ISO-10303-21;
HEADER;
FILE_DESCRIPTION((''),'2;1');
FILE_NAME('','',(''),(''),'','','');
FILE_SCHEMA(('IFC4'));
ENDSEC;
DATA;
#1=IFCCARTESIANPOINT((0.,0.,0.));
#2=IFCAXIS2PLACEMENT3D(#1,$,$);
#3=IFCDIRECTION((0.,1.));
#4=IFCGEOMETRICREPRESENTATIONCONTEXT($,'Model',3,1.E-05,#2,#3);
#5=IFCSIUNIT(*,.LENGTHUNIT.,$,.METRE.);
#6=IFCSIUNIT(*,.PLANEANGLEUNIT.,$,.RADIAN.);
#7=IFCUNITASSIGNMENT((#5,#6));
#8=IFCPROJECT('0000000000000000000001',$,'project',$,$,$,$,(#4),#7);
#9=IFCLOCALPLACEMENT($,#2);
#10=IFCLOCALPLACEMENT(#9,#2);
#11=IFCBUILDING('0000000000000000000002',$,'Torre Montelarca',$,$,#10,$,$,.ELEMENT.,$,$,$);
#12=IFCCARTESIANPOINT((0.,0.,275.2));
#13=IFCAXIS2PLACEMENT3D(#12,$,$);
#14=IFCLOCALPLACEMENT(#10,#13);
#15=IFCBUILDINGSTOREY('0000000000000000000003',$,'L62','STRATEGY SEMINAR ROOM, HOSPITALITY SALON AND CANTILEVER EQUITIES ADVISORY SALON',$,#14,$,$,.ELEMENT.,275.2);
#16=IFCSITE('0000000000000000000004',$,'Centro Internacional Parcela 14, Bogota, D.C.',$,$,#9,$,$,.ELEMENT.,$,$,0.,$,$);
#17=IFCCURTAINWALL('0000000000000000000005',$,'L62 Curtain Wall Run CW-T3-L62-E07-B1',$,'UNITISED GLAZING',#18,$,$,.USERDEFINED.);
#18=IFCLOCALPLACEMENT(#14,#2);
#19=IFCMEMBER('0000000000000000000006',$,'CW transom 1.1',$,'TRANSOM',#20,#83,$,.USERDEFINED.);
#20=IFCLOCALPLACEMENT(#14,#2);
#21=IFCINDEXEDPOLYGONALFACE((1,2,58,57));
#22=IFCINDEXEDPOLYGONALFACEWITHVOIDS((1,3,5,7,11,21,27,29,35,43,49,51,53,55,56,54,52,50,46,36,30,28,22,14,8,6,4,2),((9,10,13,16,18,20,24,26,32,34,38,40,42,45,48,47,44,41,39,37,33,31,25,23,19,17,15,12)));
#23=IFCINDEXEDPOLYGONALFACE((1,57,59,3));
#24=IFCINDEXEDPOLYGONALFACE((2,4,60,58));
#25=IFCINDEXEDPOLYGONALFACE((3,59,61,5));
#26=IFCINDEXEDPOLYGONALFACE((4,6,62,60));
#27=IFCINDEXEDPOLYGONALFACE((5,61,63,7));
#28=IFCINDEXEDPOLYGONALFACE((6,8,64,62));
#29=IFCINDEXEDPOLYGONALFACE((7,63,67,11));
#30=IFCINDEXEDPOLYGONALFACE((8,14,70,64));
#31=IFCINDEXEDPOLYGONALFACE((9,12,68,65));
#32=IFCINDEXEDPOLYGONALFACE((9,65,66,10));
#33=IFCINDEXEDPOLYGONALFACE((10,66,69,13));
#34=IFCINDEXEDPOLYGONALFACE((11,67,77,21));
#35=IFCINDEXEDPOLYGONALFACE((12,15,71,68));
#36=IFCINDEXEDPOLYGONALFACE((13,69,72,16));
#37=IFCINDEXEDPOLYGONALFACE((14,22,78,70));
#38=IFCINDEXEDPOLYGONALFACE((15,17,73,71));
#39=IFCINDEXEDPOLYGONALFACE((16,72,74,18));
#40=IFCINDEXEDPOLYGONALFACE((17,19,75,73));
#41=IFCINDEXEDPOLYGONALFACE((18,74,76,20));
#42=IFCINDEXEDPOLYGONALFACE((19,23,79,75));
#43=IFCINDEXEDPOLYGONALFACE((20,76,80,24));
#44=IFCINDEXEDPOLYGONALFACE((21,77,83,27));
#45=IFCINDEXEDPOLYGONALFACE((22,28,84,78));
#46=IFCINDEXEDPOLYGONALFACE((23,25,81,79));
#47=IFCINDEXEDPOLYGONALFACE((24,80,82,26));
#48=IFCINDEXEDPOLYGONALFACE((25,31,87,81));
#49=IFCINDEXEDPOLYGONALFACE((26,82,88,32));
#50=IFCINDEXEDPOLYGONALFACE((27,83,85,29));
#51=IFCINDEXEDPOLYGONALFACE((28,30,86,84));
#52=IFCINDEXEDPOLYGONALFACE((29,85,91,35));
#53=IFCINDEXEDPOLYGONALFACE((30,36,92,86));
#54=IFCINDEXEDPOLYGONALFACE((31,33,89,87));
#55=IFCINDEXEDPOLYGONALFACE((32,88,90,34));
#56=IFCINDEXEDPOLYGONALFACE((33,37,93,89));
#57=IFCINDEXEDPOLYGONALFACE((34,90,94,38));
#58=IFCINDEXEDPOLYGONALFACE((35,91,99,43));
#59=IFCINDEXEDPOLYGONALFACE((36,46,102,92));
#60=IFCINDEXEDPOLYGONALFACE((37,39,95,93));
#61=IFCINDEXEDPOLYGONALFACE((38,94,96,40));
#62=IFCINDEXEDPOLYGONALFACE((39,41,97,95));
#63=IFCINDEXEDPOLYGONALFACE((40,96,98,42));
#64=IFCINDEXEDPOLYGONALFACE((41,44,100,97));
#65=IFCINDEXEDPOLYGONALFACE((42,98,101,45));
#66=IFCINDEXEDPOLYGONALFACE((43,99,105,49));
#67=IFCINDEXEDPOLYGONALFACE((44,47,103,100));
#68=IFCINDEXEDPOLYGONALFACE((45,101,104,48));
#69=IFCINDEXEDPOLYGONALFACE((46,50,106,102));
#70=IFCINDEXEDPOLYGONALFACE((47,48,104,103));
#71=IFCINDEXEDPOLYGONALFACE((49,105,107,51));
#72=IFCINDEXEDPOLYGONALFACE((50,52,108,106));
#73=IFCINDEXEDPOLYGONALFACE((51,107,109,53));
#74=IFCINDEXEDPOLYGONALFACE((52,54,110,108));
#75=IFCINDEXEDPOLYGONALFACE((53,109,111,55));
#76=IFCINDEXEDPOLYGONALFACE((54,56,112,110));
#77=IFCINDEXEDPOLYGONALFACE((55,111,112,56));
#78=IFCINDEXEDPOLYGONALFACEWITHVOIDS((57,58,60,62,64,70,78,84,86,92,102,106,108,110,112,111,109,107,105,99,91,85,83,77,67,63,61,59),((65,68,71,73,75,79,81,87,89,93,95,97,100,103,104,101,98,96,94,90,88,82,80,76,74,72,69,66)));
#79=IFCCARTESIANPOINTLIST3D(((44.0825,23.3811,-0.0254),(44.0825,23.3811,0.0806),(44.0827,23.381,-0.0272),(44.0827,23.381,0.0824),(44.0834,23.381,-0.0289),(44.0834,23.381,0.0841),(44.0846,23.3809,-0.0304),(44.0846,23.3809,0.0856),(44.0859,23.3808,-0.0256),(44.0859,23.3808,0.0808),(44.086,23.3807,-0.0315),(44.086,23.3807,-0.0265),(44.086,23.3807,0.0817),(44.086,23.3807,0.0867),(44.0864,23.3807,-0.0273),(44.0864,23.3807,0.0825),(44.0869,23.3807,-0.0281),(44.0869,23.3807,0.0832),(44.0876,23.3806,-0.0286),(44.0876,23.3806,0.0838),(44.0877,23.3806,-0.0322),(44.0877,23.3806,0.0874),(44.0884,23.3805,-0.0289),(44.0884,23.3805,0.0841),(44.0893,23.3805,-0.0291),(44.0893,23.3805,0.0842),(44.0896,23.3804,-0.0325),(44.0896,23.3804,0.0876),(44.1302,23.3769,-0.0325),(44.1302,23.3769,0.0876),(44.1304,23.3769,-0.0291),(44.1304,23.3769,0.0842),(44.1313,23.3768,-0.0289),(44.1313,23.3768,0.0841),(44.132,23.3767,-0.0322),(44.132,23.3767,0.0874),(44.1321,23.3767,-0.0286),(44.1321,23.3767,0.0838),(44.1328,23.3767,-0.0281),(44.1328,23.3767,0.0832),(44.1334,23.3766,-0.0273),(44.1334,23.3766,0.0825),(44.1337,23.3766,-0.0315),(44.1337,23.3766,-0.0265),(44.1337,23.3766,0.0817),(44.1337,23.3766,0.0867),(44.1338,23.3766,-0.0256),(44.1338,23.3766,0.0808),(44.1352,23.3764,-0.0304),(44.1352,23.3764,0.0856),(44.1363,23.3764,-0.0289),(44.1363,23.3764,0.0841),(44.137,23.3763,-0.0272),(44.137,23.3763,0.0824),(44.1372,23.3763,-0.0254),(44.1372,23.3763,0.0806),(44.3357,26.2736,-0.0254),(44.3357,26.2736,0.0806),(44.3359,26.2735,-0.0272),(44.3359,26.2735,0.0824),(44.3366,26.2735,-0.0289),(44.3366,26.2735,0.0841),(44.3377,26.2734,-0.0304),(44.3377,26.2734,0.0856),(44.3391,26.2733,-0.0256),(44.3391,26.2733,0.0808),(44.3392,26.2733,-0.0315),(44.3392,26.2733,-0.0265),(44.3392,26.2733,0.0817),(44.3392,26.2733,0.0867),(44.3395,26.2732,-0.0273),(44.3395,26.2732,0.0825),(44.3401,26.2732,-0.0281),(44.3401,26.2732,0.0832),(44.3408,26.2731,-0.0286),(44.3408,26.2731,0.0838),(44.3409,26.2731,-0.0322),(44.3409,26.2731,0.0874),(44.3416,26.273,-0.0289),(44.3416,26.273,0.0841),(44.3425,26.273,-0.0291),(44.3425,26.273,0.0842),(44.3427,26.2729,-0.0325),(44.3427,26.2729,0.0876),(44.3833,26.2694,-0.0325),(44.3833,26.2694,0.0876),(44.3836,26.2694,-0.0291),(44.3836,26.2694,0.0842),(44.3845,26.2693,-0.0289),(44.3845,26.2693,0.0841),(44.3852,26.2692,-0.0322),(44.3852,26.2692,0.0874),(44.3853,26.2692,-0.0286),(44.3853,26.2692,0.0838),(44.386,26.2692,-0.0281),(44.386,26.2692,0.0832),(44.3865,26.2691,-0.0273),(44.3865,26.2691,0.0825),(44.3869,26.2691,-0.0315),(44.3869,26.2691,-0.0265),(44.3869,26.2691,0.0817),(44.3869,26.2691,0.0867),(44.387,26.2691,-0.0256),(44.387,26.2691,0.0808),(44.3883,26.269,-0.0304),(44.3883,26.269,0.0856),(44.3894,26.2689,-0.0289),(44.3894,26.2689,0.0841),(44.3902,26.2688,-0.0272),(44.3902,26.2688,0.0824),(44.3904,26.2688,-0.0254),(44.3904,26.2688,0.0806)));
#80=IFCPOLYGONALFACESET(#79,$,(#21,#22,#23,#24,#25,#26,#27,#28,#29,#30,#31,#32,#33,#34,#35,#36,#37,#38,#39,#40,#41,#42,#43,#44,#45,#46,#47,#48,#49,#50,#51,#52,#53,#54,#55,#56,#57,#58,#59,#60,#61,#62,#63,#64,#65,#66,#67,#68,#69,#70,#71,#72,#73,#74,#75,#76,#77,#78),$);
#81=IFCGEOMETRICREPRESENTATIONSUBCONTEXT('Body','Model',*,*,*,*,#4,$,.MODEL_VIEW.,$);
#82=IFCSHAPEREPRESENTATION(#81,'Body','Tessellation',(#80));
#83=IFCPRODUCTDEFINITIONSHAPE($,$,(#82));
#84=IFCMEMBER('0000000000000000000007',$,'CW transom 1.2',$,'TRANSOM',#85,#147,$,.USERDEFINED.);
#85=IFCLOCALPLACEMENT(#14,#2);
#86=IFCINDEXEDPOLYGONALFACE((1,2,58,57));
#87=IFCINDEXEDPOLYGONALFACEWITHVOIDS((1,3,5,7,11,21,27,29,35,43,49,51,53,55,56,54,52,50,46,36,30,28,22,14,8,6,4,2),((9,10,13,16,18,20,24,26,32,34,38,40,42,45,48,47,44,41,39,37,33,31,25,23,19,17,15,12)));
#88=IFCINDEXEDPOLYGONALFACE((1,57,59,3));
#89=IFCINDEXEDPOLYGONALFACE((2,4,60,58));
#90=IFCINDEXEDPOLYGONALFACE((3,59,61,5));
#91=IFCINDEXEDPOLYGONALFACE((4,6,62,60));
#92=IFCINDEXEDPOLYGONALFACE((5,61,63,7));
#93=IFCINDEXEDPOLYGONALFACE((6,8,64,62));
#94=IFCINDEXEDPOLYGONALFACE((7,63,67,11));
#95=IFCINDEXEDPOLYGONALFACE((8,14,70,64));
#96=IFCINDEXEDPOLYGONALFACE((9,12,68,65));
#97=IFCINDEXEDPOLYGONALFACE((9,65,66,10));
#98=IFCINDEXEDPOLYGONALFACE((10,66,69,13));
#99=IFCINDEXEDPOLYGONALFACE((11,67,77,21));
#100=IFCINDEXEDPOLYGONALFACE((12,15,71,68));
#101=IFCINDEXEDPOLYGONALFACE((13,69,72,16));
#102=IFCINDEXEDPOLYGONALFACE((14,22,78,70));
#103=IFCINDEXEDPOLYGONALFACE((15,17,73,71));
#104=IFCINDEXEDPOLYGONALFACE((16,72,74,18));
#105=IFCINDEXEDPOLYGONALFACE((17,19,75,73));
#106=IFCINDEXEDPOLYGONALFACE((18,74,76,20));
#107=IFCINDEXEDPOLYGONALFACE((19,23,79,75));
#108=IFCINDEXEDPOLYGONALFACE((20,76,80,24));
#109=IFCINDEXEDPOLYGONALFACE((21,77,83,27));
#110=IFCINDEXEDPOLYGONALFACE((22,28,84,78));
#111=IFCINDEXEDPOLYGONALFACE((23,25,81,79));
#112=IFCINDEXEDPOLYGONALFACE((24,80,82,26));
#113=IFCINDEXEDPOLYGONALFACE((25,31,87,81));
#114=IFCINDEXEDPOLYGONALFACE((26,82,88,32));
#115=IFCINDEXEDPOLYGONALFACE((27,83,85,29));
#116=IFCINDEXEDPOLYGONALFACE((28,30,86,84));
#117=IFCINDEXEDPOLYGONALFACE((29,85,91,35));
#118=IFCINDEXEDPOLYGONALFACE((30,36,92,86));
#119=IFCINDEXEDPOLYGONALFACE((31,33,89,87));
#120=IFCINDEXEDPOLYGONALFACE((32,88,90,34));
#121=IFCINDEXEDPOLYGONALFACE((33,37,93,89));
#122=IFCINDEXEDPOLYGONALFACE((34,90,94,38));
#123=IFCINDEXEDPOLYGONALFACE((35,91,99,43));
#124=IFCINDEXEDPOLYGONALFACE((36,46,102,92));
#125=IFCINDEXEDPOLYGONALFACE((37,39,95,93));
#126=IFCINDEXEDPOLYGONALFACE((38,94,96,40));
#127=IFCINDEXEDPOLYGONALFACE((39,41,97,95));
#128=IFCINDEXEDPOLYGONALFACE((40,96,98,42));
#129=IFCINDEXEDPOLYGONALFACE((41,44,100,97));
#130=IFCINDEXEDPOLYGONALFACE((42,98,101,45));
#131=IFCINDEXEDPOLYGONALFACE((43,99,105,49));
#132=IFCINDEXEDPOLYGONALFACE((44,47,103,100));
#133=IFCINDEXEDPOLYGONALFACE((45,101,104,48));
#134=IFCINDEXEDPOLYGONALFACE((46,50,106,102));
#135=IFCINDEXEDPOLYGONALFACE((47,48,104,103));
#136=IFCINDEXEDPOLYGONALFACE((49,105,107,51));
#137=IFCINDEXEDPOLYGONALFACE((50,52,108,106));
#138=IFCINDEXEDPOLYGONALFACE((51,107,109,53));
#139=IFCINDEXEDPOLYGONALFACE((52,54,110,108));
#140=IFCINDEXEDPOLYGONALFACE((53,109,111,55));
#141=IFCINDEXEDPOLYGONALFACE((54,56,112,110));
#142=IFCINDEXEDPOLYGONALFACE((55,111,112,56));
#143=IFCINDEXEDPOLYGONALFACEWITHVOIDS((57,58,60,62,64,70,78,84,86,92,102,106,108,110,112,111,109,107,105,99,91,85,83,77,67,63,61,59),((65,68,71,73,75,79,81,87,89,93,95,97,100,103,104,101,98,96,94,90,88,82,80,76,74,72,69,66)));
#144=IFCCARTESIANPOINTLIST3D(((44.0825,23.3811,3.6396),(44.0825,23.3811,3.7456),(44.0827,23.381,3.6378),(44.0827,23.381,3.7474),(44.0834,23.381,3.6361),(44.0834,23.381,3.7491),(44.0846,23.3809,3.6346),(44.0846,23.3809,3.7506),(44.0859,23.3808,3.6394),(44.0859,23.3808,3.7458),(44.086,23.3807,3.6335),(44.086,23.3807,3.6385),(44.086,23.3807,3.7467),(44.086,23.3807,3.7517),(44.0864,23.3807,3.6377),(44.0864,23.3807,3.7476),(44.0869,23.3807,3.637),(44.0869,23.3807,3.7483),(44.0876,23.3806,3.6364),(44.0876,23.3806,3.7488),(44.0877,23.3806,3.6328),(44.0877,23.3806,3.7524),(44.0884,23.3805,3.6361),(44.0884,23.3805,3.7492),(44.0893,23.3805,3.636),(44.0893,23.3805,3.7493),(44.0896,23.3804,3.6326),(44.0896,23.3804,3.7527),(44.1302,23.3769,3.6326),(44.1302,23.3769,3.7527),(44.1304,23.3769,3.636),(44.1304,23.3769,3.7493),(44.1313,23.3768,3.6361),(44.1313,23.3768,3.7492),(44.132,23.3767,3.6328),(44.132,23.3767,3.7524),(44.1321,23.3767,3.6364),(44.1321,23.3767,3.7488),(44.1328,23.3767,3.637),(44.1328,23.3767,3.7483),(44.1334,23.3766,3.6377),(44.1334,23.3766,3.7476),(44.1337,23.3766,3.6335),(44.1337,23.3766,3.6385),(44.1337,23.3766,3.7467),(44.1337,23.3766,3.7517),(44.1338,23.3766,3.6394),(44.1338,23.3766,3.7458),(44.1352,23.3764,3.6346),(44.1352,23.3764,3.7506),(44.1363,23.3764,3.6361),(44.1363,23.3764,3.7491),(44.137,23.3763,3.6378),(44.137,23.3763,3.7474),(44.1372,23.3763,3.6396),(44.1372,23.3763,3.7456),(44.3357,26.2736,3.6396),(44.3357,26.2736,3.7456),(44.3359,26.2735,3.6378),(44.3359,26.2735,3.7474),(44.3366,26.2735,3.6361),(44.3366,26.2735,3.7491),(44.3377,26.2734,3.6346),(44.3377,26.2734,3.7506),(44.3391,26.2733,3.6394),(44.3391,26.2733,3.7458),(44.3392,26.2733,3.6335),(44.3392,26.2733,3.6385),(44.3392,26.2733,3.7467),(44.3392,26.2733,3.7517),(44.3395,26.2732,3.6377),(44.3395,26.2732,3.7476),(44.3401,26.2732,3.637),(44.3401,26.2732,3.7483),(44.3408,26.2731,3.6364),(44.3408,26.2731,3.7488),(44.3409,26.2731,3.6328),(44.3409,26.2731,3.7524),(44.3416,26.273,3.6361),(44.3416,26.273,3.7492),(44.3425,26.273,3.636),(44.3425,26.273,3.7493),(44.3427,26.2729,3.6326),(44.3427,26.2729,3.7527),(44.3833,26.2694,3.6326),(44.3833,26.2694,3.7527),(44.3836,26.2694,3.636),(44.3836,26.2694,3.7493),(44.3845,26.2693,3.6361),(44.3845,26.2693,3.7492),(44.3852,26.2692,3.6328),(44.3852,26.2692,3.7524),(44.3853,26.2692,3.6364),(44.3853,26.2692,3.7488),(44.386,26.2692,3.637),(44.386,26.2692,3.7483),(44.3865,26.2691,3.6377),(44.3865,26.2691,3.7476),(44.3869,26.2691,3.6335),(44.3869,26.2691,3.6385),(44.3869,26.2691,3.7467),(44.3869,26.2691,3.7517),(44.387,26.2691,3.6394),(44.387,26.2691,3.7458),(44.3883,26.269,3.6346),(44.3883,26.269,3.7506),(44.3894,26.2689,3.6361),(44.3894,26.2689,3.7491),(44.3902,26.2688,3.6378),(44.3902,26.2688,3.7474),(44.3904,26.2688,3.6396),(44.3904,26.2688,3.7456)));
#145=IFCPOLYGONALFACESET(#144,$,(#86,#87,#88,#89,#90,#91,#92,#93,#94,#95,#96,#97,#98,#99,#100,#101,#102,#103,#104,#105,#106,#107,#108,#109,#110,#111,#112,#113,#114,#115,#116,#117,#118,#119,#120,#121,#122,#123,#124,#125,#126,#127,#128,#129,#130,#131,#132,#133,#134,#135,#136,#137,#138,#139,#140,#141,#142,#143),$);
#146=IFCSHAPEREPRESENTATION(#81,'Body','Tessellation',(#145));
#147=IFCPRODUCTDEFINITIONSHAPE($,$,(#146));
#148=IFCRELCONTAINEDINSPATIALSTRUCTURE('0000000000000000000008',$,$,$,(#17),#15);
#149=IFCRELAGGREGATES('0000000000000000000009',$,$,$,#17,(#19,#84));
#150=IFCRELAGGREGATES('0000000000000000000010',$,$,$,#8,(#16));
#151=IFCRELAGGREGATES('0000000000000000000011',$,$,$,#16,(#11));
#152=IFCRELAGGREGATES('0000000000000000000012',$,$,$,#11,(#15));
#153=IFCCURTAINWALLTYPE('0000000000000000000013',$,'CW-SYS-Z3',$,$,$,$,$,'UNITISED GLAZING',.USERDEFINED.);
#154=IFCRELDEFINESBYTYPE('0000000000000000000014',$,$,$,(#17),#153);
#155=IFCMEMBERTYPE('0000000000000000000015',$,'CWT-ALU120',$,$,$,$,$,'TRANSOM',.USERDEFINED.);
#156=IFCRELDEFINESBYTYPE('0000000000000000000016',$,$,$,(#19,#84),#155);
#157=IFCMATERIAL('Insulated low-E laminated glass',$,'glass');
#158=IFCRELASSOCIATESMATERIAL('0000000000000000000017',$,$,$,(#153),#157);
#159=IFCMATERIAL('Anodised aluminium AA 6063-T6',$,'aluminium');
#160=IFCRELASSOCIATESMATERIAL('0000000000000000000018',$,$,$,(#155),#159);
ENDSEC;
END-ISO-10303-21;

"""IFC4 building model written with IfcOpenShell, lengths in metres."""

from ifc_helpers import new_model, si_unit, direction, frame, origin, origin_2d, place, context, subcontext, project, spatial, hollow_rectangle, extrude, source, transform, mapped, material, material_profile, profile_set, type_object, element, aggregate, save


model = new_model("IFC4")

# Units and contexts
model_context = context("Model", 3, precision=1e-05, world=origin(), true_north=direction((0.0, 1.0)))
body_context = subcontext(model_context, "Body", "Model", "MODEL_VIEW")
ifc_project = project(units=[si_unit("LENGTHUNIT", "METRE"), si_unit("PLANEANGLEUNIT", "RADIAN")], contexts=[model_context])

# Site, building, storey
site_placement = place(None, origin())
site = spatial("IfcSite", under=ifc_project, at=site_placement, Name="Centro Internacional Parcela 14, Bogota, D.C.", CompositionType="ELEMENT", RefElevation=0.0)
building_placement = place(site_placement, origin())
building = spatial("IfcBuilding", under=site, at=building_placement, Name="Torre Montelarca", CompositionType="ELEMENT")
storey_placement = place(building_placement, frame((0.0, 0.0, 275.2)))
storey = spatial("IfcBuildingStorey", under=building, at=storey_placement, Name="L62", Description="STRATEGY SEMINAR ROOM, HOSPITALITY SALON AND CANTILEVER EQUITIES ADVISORY SALON", CompositionType="ELEMENT", Elevation=275.2)

# Curtain wall, members
ifc_material_1 = material(Name="Insulated low-E laminated glass", Category="glass")
curtain_wall_type = type_object("IfcCurtainWallType", Name="CW-SYS-Z3", ElementType="UNITISED GLAZING", PredefinedType="USERDEFINED", material=ifc_material_1)
curtain_wall_1_placement = place(storey_placement, origin())
curtain_wall_1 = element("IfcCurtainWall", 1, at=curtain_wall_1_placement, inside=storey, type_object=curtain_wall_type, Name="L62 Curtain Wall Run CW-T3-L62-E07-B1", ObjectType="UNITISED GLAZING", PredefinedType="USERDEFINED")
ifc_material_2 = material(Name="Anodised aluminium AA 6063-T6", Category="aluminium")
ifc_material_profile_1 = material_profile(ifc_material_2, hollow_rectangle(XDim=0.0549, YDim=0.1201, WallThickness=0.0034, InnerFilletRadius=0.0034, OuterFilletRadius=0.0071, at=origin_2d()), Name="ALU55X120X3.5", Category="aluminium")
ifc_profile_set_1 = profile_set([ifc_material_profile_1], Name="Anodised aluminium AA 6063-T6")
member_type_1 = type_object("IfcMemberType", Name="CWT-ALU120", ElementType="TRANSOM", PredefinedType="USERDEFINED", material=ifc_profile_set_1)
shared_shape_1 = source(origin(), body_context, "Body", "SweptSolid", [
    extrude(hollow_rectangle(XDim=0.0549, YDim=0.1201, WallThickness=0.0034, InnerFilletRadius=0.0034, OuterFilletRadius=0.0071, at=origin_2d()), origin(), (0.0, 0.0, 1.0), 2.9036),
])
member_1_placement = place(storey_placement, frame((44.1099, 23.3787, 0.0276), z_axis=(0.087192, 0.996192, 0.0), x_axis=(-0.996192, 0.087192, 0.0)))
member_1 = element("IfcMember", 2, at=member_1_placement, type_object=member_type_1, Name="CW transom 1.1", ObjectType="TRANSOM", PredefinedType="USERDEFINED", context=body_context, shape_type="MappedRepresentation", body=[
    mapped(shared_shape_1, transform((0.0, 0.0, 0.0), scale=1.0)),
])
member_2_placement = place(storey_placement, frame((44.1099, 23.3787, 3.6926), z_axis=(0.087192, 0.996192, 0.0), x_axis=(-0.996192, 0.087192, 0.0)))
member_2 = element("IfcMember", 3, at=member_2_placement, type_object=member_type_1, Name="CW transom 1.2", ObjectType="TRANSOM", PredefinedType="USERDEFINED", context=body_context, shape_type="MappedRepresentation", body=[
    mapped(shared_shape_1, transform((0.0, 0.0, 0.0), scale=1.0)),
])

aggregate(curtain_wall_1, [member_1, member_2])

save(model, "model.ifc")
